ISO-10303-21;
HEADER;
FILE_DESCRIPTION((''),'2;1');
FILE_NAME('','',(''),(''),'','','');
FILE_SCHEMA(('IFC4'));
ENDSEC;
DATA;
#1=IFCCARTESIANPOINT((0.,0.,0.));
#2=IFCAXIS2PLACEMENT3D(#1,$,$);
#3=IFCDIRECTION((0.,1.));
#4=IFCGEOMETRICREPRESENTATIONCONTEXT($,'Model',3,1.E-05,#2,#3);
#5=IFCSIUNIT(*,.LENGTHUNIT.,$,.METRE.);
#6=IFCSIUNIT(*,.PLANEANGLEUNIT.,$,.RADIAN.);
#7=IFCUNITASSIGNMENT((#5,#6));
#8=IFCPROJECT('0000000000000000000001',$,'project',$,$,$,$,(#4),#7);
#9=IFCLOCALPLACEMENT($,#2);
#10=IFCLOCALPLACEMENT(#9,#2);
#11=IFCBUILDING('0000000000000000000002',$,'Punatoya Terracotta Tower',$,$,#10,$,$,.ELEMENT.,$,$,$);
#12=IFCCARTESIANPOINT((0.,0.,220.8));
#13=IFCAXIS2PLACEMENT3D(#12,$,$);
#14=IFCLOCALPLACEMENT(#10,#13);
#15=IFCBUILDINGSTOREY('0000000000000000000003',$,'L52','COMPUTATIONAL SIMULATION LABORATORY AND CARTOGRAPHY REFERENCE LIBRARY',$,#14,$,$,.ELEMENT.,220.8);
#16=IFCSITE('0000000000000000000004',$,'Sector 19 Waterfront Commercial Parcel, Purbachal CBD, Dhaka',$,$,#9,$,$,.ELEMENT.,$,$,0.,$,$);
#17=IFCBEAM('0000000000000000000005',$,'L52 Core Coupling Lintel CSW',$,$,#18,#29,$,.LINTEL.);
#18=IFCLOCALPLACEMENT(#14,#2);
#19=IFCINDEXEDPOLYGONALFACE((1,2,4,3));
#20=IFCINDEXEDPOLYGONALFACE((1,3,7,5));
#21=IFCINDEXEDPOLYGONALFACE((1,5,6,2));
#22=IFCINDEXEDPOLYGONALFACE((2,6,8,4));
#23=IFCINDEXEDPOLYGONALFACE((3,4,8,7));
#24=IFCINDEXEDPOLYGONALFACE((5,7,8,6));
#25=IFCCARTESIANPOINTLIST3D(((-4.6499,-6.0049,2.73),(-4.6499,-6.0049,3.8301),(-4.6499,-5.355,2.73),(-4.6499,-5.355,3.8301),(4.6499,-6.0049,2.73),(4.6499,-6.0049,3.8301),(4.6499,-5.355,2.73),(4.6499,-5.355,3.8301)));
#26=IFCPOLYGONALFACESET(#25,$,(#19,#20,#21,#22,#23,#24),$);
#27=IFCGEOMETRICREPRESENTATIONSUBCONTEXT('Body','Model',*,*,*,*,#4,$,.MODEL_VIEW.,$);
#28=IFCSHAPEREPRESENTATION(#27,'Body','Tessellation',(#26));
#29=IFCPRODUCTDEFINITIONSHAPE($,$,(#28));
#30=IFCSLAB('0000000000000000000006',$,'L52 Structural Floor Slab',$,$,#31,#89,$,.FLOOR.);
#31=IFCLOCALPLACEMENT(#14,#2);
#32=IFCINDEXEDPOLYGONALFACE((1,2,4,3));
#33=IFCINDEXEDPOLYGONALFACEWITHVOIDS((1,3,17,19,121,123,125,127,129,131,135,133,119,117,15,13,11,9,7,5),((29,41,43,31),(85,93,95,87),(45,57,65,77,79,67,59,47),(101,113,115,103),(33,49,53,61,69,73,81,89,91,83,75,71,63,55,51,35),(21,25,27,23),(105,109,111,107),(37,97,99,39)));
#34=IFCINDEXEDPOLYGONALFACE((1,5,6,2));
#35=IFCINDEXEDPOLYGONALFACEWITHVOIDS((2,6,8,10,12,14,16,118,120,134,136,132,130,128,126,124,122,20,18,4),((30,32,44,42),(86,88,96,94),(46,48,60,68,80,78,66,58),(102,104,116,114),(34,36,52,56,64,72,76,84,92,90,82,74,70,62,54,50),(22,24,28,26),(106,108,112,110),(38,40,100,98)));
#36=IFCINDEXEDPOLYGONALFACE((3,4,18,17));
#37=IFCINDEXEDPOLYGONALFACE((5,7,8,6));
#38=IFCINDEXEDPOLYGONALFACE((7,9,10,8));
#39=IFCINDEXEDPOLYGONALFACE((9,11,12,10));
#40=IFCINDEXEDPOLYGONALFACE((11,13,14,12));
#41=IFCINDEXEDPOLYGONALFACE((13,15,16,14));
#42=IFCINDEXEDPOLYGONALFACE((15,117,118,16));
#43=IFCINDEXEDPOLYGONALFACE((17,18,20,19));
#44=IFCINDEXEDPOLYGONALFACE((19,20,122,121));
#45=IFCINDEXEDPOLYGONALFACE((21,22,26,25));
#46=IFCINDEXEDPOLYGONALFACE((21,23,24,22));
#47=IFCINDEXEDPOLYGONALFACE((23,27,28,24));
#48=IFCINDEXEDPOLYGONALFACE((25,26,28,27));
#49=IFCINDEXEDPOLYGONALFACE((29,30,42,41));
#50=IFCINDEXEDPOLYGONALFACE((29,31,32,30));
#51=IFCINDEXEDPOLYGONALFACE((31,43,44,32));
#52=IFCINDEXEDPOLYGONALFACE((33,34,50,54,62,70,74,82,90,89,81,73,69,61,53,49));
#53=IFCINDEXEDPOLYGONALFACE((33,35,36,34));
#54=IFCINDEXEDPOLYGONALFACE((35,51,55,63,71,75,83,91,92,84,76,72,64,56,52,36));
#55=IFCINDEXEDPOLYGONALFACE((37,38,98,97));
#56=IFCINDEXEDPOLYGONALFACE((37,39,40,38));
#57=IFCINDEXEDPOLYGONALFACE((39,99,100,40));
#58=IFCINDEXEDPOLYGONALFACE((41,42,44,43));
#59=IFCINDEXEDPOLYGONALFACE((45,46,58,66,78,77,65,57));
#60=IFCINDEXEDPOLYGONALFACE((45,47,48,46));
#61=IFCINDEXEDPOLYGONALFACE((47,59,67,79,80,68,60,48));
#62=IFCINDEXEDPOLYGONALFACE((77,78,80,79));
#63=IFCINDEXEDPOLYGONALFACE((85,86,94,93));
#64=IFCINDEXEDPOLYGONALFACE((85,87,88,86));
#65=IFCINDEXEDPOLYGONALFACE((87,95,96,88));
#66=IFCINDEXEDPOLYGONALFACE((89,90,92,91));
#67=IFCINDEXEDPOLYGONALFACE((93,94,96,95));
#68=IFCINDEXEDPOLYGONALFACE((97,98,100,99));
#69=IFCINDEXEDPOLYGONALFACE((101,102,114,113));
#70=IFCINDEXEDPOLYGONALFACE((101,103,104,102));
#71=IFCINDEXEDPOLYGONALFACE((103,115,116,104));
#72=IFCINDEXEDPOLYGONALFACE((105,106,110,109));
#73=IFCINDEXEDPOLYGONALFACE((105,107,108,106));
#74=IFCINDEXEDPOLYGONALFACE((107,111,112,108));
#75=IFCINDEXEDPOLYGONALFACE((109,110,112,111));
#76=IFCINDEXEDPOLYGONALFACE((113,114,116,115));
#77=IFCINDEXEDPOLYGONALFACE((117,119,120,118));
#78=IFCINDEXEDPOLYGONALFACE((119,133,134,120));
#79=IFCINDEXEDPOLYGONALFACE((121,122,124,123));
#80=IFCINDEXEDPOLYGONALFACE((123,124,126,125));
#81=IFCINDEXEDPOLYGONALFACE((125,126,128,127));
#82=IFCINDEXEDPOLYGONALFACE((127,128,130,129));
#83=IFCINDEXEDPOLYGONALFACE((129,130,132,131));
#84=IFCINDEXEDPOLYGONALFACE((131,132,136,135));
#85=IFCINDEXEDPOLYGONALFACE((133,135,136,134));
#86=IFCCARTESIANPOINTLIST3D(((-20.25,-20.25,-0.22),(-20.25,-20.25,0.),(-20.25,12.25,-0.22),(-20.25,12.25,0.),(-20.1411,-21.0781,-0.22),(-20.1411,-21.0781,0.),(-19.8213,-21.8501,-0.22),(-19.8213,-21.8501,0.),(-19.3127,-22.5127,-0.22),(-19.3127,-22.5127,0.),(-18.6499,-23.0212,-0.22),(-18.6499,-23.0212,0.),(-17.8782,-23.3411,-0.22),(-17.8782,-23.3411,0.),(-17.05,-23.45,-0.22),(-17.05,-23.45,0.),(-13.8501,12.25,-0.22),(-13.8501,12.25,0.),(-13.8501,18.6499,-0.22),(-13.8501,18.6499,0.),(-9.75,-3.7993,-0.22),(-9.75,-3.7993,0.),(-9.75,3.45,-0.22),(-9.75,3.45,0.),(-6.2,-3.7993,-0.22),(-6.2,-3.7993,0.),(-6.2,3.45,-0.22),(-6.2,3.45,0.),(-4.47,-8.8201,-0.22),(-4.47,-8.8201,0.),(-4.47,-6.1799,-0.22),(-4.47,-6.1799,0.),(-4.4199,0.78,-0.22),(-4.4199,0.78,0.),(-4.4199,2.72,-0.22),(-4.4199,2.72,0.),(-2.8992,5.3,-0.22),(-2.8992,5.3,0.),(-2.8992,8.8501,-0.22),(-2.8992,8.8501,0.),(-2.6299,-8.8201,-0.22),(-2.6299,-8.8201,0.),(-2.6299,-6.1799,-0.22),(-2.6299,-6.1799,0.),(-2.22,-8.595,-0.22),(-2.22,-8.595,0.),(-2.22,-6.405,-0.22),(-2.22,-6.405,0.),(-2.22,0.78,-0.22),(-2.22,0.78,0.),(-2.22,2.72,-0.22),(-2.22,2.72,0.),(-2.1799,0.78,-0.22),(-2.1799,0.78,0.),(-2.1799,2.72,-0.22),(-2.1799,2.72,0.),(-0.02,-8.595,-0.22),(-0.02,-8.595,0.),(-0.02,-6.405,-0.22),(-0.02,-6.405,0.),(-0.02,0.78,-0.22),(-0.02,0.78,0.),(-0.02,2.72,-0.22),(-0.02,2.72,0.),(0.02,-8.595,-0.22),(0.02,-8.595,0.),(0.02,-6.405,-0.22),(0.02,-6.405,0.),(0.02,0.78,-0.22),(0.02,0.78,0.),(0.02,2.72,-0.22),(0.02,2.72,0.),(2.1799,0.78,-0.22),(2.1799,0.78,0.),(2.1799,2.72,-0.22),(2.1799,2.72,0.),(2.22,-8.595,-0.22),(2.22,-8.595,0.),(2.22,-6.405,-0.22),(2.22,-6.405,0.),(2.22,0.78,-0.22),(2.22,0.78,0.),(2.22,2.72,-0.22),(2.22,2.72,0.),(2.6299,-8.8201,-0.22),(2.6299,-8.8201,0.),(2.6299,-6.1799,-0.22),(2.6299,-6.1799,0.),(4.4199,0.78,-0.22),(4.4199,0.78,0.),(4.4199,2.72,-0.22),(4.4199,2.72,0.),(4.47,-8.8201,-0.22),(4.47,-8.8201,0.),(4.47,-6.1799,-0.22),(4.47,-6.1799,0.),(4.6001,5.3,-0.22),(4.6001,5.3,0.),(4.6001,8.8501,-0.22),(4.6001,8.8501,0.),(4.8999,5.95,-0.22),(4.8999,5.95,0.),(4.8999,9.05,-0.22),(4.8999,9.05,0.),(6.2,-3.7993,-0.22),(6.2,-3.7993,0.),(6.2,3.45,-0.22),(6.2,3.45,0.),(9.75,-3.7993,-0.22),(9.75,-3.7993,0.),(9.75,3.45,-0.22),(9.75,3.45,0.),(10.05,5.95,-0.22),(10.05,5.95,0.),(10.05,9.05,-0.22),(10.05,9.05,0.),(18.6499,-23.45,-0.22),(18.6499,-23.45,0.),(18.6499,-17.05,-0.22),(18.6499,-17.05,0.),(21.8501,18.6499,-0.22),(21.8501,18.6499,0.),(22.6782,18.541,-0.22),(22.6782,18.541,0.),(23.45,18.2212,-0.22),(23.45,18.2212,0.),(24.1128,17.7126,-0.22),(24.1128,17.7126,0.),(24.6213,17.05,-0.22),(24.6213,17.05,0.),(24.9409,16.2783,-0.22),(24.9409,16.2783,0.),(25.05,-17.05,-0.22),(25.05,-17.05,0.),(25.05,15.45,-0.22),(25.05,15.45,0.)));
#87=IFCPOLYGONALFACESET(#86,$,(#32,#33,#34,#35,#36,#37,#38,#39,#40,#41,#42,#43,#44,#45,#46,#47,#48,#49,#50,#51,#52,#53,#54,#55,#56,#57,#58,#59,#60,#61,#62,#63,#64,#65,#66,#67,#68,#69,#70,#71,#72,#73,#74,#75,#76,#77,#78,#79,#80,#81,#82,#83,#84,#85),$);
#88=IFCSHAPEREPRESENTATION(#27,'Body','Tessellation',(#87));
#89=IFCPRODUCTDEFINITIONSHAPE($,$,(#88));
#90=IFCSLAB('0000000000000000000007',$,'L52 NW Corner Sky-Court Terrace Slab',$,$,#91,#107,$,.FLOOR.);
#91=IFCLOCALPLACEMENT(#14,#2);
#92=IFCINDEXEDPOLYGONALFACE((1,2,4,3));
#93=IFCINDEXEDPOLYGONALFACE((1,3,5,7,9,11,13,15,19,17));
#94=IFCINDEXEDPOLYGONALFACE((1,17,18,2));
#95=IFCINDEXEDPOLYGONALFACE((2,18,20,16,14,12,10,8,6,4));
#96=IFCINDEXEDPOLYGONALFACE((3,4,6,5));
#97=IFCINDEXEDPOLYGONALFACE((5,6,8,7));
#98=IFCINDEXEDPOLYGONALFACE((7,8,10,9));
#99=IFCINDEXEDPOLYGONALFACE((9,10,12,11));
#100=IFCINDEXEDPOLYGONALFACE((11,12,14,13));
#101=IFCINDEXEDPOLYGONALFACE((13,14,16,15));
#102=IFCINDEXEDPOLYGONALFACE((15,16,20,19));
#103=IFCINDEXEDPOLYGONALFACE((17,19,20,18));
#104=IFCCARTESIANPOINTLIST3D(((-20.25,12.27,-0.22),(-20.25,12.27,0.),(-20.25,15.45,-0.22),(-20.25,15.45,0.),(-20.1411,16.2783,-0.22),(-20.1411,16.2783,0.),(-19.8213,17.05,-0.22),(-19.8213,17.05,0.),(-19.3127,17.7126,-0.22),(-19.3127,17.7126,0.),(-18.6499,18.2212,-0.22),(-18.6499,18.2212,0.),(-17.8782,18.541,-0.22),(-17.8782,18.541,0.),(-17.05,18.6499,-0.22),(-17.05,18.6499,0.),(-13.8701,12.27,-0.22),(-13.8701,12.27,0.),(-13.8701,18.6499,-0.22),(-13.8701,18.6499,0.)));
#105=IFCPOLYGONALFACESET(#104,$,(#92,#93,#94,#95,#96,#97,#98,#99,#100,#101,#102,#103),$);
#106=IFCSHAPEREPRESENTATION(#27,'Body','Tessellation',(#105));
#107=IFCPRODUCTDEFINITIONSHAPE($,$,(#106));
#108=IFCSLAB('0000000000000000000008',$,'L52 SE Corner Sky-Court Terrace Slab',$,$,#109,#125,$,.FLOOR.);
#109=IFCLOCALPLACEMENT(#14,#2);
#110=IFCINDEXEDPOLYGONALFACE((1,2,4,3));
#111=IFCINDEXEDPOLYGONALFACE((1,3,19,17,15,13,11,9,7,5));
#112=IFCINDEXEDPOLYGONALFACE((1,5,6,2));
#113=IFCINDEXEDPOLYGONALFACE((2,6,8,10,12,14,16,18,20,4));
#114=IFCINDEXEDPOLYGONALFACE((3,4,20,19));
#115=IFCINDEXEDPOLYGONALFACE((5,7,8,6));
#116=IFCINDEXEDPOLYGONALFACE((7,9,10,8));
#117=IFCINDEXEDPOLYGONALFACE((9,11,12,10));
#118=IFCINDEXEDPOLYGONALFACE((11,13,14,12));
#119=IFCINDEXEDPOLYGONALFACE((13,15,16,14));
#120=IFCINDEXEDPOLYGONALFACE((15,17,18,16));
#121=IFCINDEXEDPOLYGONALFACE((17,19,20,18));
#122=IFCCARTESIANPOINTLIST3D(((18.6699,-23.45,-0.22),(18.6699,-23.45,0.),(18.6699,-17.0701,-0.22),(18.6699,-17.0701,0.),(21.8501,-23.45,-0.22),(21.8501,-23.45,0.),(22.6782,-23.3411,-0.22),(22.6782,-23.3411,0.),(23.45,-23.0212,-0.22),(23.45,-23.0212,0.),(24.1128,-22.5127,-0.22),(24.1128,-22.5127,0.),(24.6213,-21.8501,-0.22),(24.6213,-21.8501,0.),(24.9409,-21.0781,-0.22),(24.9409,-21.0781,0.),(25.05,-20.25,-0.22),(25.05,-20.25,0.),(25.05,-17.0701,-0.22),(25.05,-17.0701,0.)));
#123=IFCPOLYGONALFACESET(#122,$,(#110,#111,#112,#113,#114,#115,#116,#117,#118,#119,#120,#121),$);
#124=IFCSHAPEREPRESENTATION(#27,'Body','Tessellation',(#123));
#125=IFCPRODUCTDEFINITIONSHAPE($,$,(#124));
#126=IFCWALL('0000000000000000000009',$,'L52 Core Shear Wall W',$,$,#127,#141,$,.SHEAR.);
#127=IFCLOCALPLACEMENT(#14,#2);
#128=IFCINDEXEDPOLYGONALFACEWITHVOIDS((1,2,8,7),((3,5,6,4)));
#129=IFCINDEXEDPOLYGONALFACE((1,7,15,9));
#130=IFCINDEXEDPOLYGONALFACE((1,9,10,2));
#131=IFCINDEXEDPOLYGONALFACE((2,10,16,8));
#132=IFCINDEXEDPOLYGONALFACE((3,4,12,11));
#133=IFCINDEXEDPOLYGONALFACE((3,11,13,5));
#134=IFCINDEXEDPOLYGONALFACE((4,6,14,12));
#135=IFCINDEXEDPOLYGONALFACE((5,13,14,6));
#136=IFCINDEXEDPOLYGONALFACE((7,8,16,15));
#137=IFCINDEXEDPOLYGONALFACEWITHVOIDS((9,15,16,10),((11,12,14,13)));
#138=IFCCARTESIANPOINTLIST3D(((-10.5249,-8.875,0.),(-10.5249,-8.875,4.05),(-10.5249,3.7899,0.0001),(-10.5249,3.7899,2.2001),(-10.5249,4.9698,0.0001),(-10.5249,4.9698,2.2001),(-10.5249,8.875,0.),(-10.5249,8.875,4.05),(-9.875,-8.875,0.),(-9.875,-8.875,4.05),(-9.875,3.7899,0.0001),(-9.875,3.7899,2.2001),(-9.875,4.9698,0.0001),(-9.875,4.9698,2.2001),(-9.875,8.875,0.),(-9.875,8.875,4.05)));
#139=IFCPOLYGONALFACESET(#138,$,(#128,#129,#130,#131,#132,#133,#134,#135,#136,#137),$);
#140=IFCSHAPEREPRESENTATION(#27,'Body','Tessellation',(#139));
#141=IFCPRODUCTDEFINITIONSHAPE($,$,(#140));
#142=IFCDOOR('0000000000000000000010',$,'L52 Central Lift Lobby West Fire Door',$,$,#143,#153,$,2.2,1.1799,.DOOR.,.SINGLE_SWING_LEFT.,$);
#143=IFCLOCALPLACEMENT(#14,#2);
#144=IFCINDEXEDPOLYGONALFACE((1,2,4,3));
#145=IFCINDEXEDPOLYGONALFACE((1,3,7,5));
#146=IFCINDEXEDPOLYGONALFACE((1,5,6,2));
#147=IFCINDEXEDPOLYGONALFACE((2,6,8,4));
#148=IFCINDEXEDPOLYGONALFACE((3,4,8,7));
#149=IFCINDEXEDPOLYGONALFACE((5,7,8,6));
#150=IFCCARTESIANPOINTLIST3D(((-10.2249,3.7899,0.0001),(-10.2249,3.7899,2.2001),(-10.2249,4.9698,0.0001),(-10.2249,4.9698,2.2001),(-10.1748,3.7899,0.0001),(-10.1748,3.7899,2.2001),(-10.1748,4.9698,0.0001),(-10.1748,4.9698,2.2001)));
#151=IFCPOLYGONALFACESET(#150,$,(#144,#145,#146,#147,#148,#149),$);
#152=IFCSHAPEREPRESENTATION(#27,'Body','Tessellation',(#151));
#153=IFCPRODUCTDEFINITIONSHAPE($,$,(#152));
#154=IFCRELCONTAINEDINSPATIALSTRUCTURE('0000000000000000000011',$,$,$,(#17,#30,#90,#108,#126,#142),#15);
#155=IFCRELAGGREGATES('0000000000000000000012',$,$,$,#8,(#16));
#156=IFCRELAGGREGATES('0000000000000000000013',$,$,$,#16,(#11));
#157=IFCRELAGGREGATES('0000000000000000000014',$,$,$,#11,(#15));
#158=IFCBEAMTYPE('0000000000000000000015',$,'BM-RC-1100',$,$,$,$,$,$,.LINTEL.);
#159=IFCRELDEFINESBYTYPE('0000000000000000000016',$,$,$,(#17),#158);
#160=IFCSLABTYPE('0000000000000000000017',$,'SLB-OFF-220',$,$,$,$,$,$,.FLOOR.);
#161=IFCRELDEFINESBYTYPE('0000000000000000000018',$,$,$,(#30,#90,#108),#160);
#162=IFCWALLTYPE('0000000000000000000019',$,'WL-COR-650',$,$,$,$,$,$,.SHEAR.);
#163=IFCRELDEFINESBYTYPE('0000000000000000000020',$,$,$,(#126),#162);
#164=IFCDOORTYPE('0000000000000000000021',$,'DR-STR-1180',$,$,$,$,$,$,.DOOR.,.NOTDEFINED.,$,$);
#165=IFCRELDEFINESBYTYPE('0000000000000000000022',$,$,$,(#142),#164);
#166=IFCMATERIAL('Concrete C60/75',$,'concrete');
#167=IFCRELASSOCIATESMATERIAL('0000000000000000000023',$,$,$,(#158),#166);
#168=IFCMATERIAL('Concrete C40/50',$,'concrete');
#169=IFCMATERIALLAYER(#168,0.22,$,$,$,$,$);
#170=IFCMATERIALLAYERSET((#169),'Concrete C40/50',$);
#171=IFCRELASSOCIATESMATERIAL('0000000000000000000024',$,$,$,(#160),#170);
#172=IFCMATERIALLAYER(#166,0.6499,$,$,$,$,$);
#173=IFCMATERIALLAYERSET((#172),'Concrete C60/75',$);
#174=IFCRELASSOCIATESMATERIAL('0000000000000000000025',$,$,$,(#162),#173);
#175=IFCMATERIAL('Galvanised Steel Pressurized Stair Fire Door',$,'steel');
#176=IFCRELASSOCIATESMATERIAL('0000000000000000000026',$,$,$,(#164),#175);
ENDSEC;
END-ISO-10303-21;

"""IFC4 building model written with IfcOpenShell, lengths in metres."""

from ifc_helpers import new_model, si_unit, direction, frame, frame_2d, origin, origin_2d, place, context, subcontext, project, spatial, polyline, rectangle, outline, extrude, material, layer, layer_set, material_profile, profile_set, type_object, element, fill, save


model = new_model("IFC4")

# Units and contexts
model_context = context("Model", 3, precision=1e-05, world=origin(), true_north=direction((0.0, 1.0)))
body_context = subcontext(model_context, "Body", "Model", "MODEL_VIEW")
ifc_project = project(units=[si_unit("LENGTHUNIT", "METRE"), si_unit("PLANEANGLEUNIT", "RADIAN")], contexts=[model_context])

# Site, building, storey
site_placement = place(None, origin())
site = spatial("IfcSite", under=ifc_project, at=site_placement, Name="Sector 19 Waterfront Commercial Parcel, Purbachal CBD, Dhaka", CompositionType="ELEMENT", RefElevation=0.0)
building_placement = place(site_placement, origin())
building = spatial("IfcBuilding", under=site, at=building_placement, Name="Punatoya Terracotta Tower", CompositionType="ELEMENT")
storey_placement = place(building_placement, frame((0.0, 0.0, 220.8)))
storey = spatial("IfcBuildingStorey", under=building, at=storey_placement, Name="L52", Description="COMPUTATIONAL SIMULATION LABORATORY AND CARTOGRAPHY REFERENCE LIBRARY", CompositionType="ELEMENT", Elevation=220.8)

# Beam
ifc_material_1 = material(Name="Concrete C60/75", Category="concrete")
ifc_material_profile = material_profile(ifc_material_1, rectangle(XDim=0.6499, YDim=1.1001, at=origin_2d()))
ifc_profile_set = profile_set([ifc_material_profile], Name="Concrete C60/75")
beam_type = type_object("IfcBeamType", Name="BM-RC-1100", PredefinedType="LINTEL", material=ifc_profile_set)
beam_placement = place(storey_placement, frame((-4.6499, -5.6799, 3.28), z_axis=(1.0, 0.0, 0.0), x_axis=(0.0, 1.0, 0.0)))
element("IfcBeam", 1, at=beam_placement, inside=storey, type_object=beam_type, Name="L52 Core Coupling Lintel CSW", PredefinedType="LINTEL", context=body_context, shape_type="SweptSolid", body=[
    extrude(rectangle(XDim=0.6499, YDim=1.1001, at=origin_2d()), origin(), (0.0, 0.0, 1.0), 9.2998),
])

# Slabs
ifc_material_2 = material(Name="Concrete C40/50", Category="concrete")
ifc_layer_1 = layer(ifc_material_2, 0.22)
ifc_layer_set_1 = layer_set([ifc_layer_1], Name="Concrete C40/50")
slab_type = type_object("IfcSlabType", Name="SLB-OFF-220", PredefinedType="FLOOR", material=ifc_layer_set_1)
slab_1_placement = place(storey_placement, frame((0.0, 0.0, -0.22)))
element("IfcSlab", 2, at=slab_1_placement, inside=storey, type_object=slab_type, Name="L52 Structural Floor Slab", PredefinedType="FLOOR", context=body_context, shape_type="SweptSolid", body=[
    extrude(outline(polyline([(-17.05, -23.45), (-17.8782, -23.3411), (-18.6499, -23.0212), (-19.3127, -22.5127), (-19.8213, -21.8501), (-20.1411, -21.0781), (-20.25, -20.25), (-20.25, 12.25), (-13.8501, 12.25), (-13.8501, 18.6499), (21.8501, 18.6499), (22.6782, 18.541), (23.45, 18.2212), (24.1128, 17.7126), (24.6213, 17.05), (24.9409, 16.2783), (25.05, 15.45), (25.05, -17.05), (18.6499, -17.05), (18.6499, -23.45), (-17.05, -23.45)]), holes=[polyline([(-2.6299, -6.1799), (-4.47, -6.1799), (-4.47, -8.8201), (-2.6299, -8.8201), (-2.6299, -6.1799)]), polyline([(0.02, -8.595), (2.22, -8.595), (2.22, -6.405), (0.02, -6.405), (-0.02, -6.405), (-2.22, -6.405), (-2.22, -8.595), (-0.02, -8.595), (0.02, -8.595)]), polyline([(-6.2, 3.45), (-9.75, 3.45), (-9.75, -3.7993), (-6.2, -3.7993), (-6.2, 3.45)]), polyline([(-4.4199, 2.72), (-4.4199, 0.78), (-2.22, 0.78), (-2.1799, 0.78), (-0.02, 0.78), (0.02, 0.78), (2.1799, 0.78), (2.22, 0.78), (4.4199, 0.78), (4.4199, 2.72), (2.22, 2.72), (2.1799, 2.72), (0.02, 2.72), (-0.02, 2.72), (-2.1799, 2.72), (-2.22, 2.72), (-4.4199, 2.72)]), polyline([(4.6001, 5.3), (4.6001, 8.8501), (-2.8992, 8.8501), (-2.8992, 5.3), (4.6001, 5.3)]), polyline([(4.47, -8.8201), (4.47, -6.1799), (2.6299, -6.1799), (2.6299, -8.8201), (4.47, -8.8201)]), polyline([(9.75, 3.45), (6.2, 3.45), (6.2, -3.7993), (9.75, -3.7993), (9.75, 3.45)]), polyline([(10.05, 5.95), (10.05, 9.05), (4.8999, 9.05), (4.8999, 5.95), (10.05, 5.95)])]), origin(), (0.0, 0.0, 1.0), 0.22),
])
slab_2_placement = place(storey_placement, frame((0.0, 0.0, -0.22)))
element("IfcSlab", 3, at=slab_2_placement, inside=storey, type_object=slab_type, Name="L52 NW Corner Sky-Court Terrace Slab", PredefinedType="FLOOR", context=body_context, shape_type="SweptSolid", body=[
    extrude(outline(polyline([(-20.25, 15.45), (-20.1411, 16.2783), (-19.8213, 17.05), (-19.3127, 17.7126), (-18.6499, 18.2212), (-17.8782, 18.541), (-17.05, 18.6499), (-13.8701, 18.6499), (-13.8701, 12.27), (-20.25, 12.27), (-20.25, 15.45)])), origin(), (0.0, 0.0, 1.0), 0.22),
])
slab_3_placement = place(storey_placement, frame((0.0, 0.0, -0.22)))
element("IfcSlab", 4, at=slab_3_placement, inside=storey, type_object=slab_type, Name="L52 SE Corner Sky-Court Terrace Slab", PredefinedType="FLOOR", context=body_context, shape_type="SweptSolid", body=[
    extrude(outline(polyline([(25.05, -20.25), (24.9409, -21.0781), (24.6213, -21.8501), (24.1128, -22.5127), (23.45, -23.0212), (22.6782, -23.3411), (21.8501, -23.45), (18.6699, -23.45), (18.6699, -17.0701), (25.05, -17.0701), (25.05, -20.25)])), origin(), (0.0, 0.0, 1.0), 0.22),
])

# Wall, opening, door
ifc_layer_2 = layer(ifc_material_1, 0.6499)
ifc_layer_set_2 = layer_set([ifc_layer_2], Name="Concrete C60/75")
wall_type_1 = type_object("IfcWallType", Name="WL-COR-650", PredefinedType="SHEAR", material=ifc_layer_set_2)
wall_1_placement = place(storey_placement, frame((-10.2, -8.875, 0.0), z_axis=(0.0, 0.0, 1.0), x_axis=(0.0, 1.0, 0.0)))
wall_1 = element("IfcWall", 5, at=wall_1_placement, inside=storey, type_object=wall_type_1, Name="L52 Core Shear Wall W", PredefinedType="SHEAR", context=body_context, shape_type="SweptSolid", body=[
    extrude(rectangle(XDim=17.75, YDim=0.6499, at=frame_2d((8.875, 0.0))), origin(), (0.0, 0.0, 1.0), 4.05),
])
opening_1_placement = place(wall_1_placement, frame((12.665, 0.0, 0.0)))
opening_1 = element("IfcOpeningElement", 6, at=opening_1_placement, cuts=wall_1, PredefinedType="OPENING", context=body_context, shape_type="SweptSolid", body=[
    extrude(rectangle(XDim=1.1799, YDim=2.2, at=frame_2d((0.5898, 1.1001))), frame((0.0, 0.335, 0.0), z_axis=(0.0, -1.0, 0.0), x_axis=(1.0, 0.0, 0.0)), (0.0, 0.0, 1.0), 0.6699),
])
ifc_material_3 = material(Name="Galvanised Steel Pressurized Stair Fire Door", Category="steel")
door_type_1 = type_object("IfcDoorType", Name="DR-STR-1180", OperationType="NOTDEFINED", PredefinedType="DOOR", material=ifc_material_3)
door_1_placement = place(opening_1_placement, origin())
door_1 = element("IfcDoor", 7, at=door_1_placement, inside=storey, type_object=door_type_1, Name="L52 Central Lift Lobby West Fire Door", OperationType="SINGLE_SWING_LEFT", OverallHeight=2.2, OverallWidth=1.1799, PredefinedType="DOOR", context=body_context, shape_type="SweptSolid", body=[
    extrude(rectangle(XDim=1.1799, YDim=2.2, at=frame_2d((0.5898, 1.1001))), frame((0.0, 0.0249, 0.0), z_axis=(0.0, -1.0, 0.0), x_axis=(1.0, 0.0, 0.0)), (0.0, 0.0, 1.0), 0.05),
])
fill(opening_1, door_1)

save(model, "model.ifc")
